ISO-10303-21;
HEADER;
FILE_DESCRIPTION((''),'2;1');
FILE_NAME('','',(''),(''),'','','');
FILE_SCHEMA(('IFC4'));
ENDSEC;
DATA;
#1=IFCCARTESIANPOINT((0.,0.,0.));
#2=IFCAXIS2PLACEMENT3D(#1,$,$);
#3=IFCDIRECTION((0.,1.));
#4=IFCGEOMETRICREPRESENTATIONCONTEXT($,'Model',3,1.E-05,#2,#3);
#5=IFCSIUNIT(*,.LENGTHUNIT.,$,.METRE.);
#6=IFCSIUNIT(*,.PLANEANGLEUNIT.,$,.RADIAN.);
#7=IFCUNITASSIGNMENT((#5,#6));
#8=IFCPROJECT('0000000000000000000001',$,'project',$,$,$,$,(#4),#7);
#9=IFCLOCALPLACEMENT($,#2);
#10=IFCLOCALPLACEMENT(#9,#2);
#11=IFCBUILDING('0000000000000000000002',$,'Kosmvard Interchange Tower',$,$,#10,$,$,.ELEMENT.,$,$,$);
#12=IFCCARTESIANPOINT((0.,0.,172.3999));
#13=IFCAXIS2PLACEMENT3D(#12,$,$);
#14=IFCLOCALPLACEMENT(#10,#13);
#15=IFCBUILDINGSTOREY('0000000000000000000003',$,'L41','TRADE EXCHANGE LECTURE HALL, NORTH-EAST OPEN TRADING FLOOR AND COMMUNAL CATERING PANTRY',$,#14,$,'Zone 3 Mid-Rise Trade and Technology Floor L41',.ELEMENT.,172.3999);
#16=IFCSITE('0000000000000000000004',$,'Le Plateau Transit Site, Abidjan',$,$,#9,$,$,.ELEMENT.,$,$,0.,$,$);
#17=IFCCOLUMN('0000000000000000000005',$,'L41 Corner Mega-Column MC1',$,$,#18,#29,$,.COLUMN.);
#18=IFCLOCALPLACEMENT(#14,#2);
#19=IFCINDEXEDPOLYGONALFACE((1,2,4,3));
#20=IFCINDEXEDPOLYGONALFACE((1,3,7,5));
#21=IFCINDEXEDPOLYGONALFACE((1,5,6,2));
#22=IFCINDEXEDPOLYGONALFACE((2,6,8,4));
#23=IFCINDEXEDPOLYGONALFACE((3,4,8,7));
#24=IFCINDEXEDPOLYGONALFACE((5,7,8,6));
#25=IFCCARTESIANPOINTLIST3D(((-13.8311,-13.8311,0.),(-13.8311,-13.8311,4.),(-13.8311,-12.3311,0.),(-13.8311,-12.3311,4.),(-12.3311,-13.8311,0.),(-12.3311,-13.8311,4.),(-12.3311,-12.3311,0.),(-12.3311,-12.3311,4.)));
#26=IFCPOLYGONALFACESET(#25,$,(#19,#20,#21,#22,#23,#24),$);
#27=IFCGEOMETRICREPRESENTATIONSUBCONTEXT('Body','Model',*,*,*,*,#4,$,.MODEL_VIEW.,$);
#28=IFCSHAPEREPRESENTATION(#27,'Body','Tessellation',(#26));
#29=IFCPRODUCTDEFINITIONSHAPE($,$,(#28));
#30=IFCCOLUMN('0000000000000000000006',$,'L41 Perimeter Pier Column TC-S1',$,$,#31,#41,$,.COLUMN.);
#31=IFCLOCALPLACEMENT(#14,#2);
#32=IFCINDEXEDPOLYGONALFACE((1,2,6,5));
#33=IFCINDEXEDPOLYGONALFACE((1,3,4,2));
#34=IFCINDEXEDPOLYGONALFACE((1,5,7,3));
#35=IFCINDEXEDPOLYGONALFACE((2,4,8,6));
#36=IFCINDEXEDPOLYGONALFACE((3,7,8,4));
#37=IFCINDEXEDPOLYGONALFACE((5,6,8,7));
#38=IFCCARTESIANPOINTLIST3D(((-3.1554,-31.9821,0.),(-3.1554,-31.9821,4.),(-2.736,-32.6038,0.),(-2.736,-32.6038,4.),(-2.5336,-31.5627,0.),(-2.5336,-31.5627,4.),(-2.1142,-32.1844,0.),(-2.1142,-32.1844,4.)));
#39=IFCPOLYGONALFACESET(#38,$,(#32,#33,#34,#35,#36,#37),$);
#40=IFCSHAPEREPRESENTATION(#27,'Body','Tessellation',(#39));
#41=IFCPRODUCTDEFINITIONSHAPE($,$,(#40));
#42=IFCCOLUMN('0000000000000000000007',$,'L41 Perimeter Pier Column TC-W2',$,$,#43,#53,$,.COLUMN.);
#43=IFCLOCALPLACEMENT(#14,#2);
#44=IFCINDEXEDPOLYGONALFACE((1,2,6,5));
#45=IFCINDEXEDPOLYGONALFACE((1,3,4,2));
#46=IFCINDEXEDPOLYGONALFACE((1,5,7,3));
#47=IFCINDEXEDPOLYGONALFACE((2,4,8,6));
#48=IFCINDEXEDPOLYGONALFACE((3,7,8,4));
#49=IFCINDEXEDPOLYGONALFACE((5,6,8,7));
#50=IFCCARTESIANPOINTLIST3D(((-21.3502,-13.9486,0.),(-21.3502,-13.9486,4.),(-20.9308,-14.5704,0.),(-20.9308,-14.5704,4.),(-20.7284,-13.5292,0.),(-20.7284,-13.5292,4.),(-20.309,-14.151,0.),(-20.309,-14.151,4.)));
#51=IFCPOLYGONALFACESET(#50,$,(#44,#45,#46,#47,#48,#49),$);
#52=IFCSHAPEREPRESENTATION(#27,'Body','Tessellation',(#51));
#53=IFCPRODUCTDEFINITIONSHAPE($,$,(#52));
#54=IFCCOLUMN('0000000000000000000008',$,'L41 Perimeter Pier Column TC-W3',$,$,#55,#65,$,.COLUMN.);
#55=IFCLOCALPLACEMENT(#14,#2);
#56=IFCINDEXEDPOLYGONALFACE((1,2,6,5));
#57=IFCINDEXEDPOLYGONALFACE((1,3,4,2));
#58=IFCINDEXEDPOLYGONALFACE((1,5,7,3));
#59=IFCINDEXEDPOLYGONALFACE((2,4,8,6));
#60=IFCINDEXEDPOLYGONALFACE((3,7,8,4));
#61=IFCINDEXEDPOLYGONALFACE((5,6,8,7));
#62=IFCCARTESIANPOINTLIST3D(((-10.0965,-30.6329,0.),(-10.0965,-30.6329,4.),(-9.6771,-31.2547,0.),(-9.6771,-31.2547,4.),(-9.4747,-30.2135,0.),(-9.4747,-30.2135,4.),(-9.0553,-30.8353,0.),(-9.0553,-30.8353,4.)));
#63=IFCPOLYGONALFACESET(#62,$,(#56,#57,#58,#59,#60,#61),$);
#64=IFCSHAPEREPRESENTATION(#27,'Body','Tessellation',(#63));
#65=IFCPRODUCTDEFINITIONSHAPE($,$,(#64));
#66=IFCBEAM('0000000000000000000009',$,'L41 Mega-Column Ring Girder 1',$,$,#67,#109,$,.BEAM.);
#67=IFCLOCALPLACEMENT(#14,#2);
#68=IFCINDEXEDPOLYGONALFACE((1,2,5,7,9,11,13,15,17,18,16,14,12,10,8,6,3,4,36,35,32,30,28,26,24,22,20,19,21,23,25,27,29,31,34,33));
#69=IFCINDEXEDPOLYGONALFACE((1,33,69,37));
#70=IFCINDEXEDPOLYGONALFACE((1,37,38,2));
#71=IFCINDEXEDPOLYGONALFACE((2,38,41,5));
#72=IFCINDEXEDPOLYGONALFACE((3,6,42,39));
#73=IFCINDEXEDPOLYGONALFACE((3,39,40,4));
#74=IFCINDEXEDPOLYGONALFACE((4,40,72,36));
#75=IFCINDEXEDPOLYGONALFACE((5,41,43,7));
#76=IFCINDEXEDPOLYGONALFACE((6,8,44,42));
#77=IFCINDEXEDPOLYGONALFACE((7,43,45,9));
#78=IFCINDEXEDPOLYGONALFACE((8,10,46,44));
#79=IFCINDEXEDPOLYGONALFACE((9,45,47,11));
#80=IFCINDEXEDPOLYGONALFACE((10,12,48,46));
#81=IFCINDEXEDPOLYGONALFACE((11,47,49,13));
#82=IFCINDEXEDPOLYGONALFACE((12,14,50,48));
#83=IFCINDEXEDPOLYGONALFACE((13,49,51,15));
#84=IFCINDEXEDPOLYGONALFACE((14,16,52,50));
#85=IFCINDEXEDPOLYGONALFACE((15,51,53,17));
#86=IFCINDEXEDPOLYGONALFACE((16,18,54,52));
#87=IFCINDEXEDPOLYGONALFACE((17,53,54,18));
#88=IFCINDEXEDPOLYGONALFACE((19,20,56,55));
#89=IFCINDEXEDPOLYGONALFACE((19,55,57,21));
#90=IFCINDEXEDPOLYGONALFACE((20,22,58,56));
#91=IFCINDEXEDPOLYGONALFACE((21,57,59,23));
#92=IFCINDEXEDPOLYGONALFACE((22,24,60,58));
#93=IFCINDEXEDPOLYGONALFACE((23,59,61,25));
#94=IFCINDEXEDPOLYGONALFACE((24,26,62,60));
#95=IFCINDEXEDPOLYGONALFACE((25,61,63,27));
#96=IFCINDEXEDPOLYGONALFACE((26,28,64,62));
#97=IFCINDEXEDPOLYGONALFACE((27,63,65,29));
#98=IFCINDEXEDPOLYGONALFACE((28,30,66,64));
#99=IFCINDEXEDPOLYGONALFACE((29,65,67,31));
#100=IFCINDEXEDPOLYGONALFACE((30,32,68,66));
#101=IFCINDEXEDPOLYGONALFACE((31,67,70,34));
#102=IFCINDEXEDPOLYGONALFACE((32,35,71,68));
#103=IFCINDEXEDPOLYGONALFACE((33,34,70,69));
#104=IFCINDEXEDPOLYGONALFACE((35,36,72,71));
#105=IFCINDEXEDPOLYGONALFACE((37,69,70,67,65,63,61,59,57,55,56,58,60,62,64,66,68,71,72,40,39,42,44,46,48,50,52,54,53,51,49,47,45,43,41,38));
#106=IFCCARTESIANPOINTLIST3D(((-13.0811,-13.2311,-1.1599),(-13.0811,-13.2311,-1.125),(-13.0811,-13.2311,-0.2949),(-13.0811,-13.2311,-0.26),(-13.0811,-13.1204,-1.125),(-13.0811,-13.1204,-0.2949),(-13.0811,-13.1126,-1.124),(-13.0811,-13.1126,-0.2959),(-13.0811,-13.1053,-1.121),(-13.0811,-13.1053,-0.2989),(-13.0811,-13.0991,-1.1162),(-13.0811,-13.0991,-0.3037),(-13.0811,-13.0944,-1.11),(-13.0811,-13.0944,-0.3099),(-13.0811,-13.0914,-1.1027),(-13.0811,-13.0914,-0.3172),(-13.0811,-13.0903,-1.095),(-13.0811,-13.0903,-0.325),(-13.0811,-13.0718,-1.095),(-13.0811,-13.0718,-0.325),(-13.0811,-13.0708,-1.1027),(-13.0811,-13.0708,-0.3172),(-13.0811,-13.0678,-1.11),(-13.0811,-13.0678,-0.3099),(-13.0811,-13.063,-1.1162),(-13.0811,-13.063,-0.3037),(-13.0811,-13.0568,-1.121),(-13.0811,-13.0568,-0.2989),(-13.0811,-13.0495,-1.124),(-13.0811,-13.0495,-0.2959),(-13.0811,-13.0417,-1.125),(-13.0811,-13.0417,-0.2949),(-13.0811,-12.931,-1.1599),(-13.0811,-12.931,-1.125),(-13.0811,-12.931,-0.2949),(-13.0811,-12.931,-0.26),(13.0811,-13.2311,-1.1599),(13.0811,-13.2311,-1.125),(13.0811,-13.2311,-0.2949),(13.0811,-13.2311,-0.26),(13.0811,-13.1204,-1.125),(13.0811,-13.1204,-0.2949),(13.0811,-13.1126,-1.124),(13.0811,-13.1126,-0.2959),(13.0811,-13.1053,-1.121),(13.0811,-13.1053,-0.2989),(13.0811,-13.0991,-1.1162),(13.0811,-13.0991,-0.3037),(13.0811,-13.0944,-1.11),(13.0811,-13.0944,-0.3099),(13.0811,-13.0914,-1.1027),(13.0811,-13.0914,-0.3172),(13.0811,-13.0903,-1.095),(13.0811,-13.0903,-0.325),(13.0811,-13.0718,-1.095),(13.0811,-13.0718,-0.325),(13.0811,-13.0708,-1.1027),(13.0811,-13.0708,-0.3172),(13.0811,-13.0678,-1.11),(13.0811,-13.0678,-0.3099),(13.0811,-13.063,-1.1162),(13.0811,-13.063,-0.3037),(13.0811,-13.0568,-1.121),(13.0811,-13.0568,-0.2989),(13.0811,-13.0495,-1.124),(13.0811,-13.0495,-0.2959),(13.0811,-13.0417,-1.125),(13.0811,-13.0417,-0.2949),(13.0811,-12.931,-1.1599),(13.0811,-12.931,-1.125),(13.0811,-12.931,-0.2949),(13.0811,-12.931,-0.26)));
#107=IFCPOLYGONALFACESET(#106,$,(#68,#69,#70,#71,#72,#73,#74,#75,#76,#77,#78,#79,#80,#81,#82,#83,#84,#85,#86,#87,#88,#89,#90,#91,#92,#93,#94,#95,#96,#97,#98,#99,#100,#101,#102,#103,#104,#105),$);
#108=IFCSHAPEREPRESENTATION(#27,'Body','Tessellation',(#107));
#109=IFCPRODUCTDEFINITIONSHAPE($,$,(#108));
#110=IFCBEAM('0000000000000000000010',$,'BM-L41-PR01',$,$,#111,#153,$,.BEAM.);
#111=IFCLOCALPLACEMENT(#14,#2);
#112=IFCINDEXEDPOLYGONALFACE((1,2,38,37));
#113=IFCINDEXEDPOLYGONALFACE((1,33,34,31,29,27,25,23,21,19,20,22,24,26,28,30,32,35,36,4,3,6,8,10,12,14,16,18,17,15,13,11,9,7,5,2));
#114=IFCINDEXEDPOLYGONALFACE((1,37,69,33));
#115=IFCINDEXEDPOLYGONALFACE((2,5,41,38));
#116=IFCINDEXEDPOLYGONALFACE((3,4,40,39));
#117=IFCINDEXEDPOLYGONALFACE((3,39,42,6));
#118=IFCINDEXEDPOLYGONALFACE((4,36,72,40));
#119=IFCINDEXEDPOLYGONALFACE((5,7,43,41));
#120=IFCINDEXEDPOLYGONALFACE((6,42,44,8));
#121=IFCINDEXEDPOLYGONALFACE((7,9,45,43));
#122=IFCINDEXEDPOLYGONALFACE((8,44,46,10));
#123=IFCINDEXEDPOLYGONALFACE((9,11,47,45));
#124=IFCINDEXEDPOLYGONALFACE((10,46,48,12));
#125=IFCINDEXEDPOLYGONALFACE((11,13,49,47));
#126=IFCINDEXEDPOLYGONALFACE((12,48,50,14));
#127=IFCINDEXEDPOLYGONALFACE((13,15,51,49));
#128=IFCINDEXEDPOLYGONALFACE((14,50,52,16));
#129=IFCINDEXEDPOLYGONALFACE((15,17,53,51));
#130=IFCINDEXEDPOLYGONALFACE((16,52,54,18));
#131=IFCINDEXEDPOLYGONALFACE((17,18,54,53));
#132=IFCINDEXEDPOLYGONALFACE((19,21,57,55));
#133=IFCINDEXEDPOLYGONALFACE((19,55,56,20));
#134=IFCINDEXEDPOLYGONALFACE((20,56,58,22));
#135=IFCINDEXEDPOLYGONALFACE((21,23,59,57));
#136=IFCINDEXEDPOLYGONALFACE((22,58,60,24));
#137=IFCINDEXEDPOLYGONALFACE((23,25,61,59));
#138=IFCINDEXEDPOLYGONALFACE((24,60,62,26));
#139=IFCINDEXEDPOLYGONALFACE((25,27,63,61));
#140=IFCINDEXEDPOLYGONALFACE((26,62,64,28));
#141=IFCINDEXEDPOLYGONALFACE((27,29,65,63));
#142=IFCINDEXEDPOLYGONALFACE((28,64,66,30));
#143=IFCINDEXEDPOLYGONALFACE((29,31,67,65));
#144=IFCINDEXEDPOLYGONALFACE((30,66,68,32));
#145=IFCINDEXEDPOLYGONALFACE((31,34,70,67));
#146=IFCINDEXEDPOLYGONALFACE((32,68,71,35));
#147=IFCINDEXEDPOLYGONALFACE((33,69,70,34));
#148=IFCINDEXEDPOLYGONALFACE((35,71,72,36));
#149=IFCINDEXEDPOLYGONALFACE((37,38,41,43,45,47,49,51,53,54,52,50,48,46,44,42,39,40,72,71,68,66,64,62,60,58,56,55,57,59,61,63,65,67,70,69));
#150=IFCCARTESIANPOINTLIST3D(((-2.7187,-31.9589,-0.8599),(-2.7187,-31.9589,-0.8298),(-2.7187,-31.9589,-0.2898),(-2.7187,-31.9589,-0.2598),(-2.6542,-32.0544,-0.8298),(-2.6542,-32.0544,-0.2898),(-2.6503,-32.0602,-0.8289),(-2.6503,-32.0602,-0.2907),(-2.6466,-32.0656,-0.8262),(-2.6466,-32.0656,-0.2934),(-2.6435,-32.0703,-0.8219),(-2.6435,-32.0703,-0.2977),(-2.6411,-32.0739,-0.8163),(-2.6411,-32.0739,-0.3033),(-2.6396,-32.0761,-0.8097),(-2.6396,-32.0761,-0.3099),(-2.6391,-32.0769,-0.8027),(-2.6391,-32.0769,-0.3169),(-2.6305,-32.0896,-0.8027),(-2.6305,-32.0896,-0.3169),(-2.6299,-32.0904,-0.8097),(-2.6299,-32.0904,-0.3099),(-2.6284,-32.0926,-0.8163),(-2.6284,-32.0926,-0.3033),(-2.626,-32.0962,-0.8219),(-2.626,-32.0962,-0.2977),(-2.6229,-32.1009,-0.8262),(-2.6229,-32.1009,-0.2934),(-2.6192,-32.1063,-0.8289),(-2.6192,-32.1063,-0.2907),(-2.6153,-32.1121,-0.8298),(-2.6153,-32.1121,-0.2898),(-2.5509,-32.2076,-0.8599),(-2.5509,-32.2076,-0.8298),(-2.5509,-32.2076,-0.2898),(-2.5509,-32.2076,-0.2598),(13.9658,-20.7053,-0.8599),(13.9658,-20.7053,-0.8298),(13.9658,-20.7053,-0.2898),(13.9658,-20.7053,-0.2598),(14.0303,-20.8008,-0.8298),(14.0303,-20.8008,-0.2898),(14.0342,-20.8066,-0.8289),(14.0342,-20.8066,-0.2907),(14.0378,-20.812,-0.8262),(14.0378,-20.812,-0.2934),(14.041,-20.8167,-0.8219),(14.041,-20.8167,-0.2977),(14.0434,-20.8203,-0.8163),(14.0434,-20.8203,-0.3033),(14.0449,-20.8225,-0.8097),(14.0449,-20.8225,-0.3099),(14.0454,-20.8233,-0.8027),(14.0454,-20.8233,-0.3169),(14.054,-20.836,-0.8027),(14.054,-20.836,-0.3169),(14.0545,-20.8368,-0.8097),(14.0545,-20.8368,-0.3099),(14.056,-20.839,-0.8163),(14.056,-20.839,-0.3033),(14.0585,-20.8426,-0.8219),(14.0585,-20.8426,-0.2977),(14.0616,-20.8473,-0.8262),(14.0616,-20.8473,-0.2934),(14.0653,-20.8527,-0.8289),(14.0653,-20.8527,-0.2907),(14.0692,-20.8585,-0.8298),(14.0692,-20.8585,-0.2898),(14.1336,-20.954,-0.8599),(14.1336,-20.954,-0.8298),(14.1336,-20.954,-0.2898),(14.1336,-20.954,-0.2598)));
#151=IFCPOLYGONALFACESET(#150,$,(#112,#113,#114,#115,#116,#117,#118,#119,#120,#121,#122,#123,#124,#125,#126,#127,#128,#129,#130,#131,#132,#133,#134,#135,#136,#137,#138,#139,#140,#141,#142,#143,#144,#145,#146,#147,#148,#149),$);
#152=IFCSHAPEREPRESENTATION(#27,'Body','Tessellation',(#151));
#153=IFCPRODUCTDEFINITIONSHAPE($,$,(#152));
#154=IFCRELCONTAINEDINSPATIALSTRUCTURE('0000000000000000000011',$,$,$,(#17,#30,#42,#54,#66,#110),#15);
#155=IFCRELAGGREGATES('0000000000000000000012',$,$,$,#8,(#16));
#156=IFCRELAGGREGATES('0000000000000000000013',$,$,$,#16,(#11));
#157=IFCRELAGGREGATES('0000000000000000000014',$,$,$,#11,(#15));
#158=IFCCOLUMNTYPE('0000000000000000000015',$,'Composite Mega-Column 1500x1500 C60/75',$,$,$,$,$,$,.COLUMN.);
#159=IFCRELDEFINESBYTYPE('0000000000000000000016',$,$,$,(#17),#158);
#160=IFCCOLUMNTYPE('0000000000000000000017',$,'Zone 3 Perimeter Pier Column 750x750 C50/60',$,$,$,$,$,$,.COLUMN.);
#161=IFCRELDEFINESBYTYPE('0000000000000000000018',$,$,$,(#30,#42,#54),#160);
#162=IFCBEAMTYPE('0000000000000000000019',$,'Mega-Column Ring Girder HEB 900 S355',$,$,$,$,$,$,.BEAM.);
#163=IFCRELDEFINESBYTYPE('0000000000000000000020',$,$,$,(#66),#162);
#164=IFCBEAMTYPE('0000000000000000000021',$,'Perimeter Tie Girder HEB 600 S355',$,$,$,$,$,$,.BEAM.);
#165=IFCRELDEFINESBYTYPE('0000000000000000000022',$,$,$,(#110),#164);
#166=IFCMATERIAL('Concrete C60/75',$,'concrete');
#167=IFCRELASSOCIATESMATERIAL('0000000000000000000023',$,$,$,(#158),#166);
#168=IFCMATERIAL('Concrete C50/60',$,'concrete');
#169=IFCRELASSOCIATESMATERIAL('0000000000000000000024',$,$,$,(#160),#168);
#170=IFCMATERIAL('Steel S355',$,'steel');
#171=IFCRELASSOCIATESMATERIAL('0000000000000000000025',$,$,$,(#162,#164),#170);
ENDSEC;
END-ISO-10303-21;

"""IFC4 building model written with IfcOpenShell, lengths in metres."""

from ifc_helpers import new_model, si_unit, direction, frame, origin, origin_2d, place, context, subcontext, project, spatial, rectangle, i_section, extrude, source, transform, mapped, material, material_profile, profile_set, type_object, element, save


model = new_model("IFC4")

# Units and contexts
model_context = context("Model", 3, precision=1e-05, world=origin(), true_north=direction((0.0, 1.0)))
body_context = subcontext(model_context, "Body", "Model", "MODEL_VIEW")
ifc_project = project(units=[si_unit("LENGTHUNIT", "METRE"), si_unit("PLANEANGLEUNIT", "RADIAN")], contexts=[model_context])

# Site, building, storey
site_placement = place(None, origin())
site = spatial("IfcSite", under=ifc_project, at=site_placement, Name="Le Plateau Transit Site, Abidjan", CompositionType="ELEMENT", RefElevation=0.0)
building_placement = place(site_placement, origin())
building = spatial("IfcBuilding", under=site, at=building_placement, Name="Kosmvard Interchange Tower", CompositionType="ELEMENT")
storey_placement = place(building_placement, frame((0.0, 0.0, 172.3999)))
storey = spatial("IfcBuildingStorey", under=building, at=storey_placement, Name="L41", Description="TRADE EXCHANGE LECTURE HALL, NORTH-EAST OPEN TRADING FLOOR AND COMMUNAL CATERING PANTRY", LongName="Zone 3 Mid-Rise Trade and Technology Floor L41", CompositionType="ELEMENT", Elevation=172.3999)

# Columns
ifc_material_1 = material(Name="Concrete C60/75", Category="concrete")
ifc_material_profile_1 = material_profile(ifc_material_1, rectangle(XDim=1.5, YDim=1.5, at=origin_2d()), Name="MC 1500x1500")
ifc_profile_set_1 = profile_set([ifc_material_profile_1], Name="Concrete C60/75")
column_type_1 = type_object("IfcColumnType", Name="Composite Mega-Column 1500x1500 C60/75", PredefinedType="COLUMN", material=ifc_profile_set_1)
shared_shape_1 = source(origin(), body_context, "Body", "SweptSolid", [
    extrude(rectangle(XDim=1.5, YDim=1.5, at=origin_2d()), origin(), (0.0, 0.0, 1.0), 4.0),
])
column_placement = place(storey_placement, frame((-13.0811, -13.0811, 0.0), z_axis=(0.0, 0.0, 1.0), x_axis=(1.0, 0.0, 0.0)))
element("IfcColumn", 1, at=column_placement, inside=storey, type_object=column_type_1, Name="L41 Corner Mega-Column MC1", PredefinedType="COLUMN", context=body_context, shape_type="MappedRepresentation", body=[
    mapped(shared_shape_1, transform((0.0, 0.0, 0.0), scale=1.0)),
])
ifc_material_2 = material(Name="Concrete C50/60", Category="concrete")
ifc_material_profile_2 = material_profile(ifc_material_2, rectangle(XDim=0.75, YDim=0.75, at=origin_2d()), Name="TC 750x750")
ifc_profile_set_2 = profile_set([ifc_material_profile_2], Name="Concrete C50/60")
column_type_2 = type_object("IfcColumnType", Name="Zone 3 Perimeter Pier Column 750x750 C50/60", PredefinedType="COLUMN", material=ifc_profile_set_2)
shared_shape_2 = source(origin(), body_context, "Body", "SweptSolid", [
    extrude(rectangle(XDim=0.75, YDim=0.75, at=origin_2d()), origin(), (0.0, 0.0, 1.0), 4.0),
])
for number, where, z_axis, x_axis, name in (
    (2, (-2.6348, -32.0833, 0.0), (0.0, 0.0, 1.0), (0.829038, 0.559193, 0.0), "L41 Perimeter Pier Column TC-S1"),
    (3, (-20.8296, -14.0498, 0.0), (0.0, 0.0, 1.0), (0.829038, 0.559193, 0.0), "L41 Perimeter Pier Column TC-W2"),
    (4, (-9.5759, -30.7341, 0.0), (0.0, 0.0, 1.0), (0.829038, 0.559193, 0.0), "L41 Perimeter Pier Column TC-W3"),
):
    element("IfcColumn", number, at=place(storey_placement, frame(where, z_axis=z_axis, x_axis=x_axis)), inside=storey, type_object=column_type_2, Name=name, PredefinedType="COLUMN", context=body_context, shape_type="MappedRepresentation", body=[
        mapped(shared_shape_2, transform((0.0, 0.0, 0.0), scale=1.0)),
    ])

# Beams
ifc_material_3 = material(Name="Steel S355", Category="steel")
ifc_material_profile_3 = material_profile(ifc_material_3, i_section(OverallWidth=0.3, OverallDepth=0.8999, WebThickness=0.0186, FlangeThickness=0.0349, FilletRadius=0.03, at=origin_2d()), Name="HEB 900")
ifc_profile_set_3 = profile_set([ifc_material_profile_3], Name="Steel S355")
beam_type_1 = type_object("IfcBeamType", Name="Mega-Column Ring Girder HEB 900 S355", PredefinedType="BEAM", material=ifc_profile_set_3)
shared_shape_3 = source(origin(), body_context, "Body", "SweptSolid", [
    extrude(i_section(OverallWidth=0.3, OverallDepth=0.8999, WebThickness=0.0186, FlangeThickness=0.0349, FilletRadius=0.03, at=origin_2d()), origin(), (0.0, 0.0, 1.0), 26.1621),
])
beam_1_placement = place(storey_placement, frame((-13.0811, -13.0811, -0.71), z_axis=(1.0, 0.0, 0.0), x_axis=(0.0, 1.0, 0.0)))
element("IfcBeam", 5, at=beam_1_placement, inside=storey, type_object=beam_type_1, Name="L41 Mega-Column Ring Girder 1", PredefinedType="BEAM", context=body_context, shape_type="MappedRepresentation", body=[
    mapped(shared_shape_3, transform((0.0, 0.0, 0.0), scale=1.0)),
])
ifc_material_profile_4 = material_profile(ifc_material_3, i_section(OverallWidth=0.3, OverallDepth=0.6001, WebThickness=0.0154, FlangeThickness=0.03, FilletRadius=0.0271, at=origin_2d()), Name="HEB 600")
ifc_profile_set_4 = profile_set([ifc_material_profile_4], Name="Steel S355")
beam_type_2 = type_object("IfcBeamType", Name="Perimeter Tie Girder HEB 600 S355", PredefinedType="BEAM", material=ifc_profile_set_4)
shared_shape_4 = source(origin(), body_context, "Body", "SweptSolid", [
    extrude(i_section(OverallWidth=0.3, OverallDepth=0.6001, WebThickness=0.0154, FlangeThickness=0.03, FilletRadius=0.0271, at=origin_2d()), origin(), (0.0, 0.0, 1.0), 20.125),
])
for number, where, z_axis, x_axis, name in (
    (6, (-2.6348, -32.0833, -0.5598), (0.829043, 0.559185, 0.0), (-0.559185, 0.829043, 0.0), "BM-L41-PR01"),
):
    element("IfcBeam", number, at=place(storey_placement, frame(where, z_axis=z_axis, x_axis=x_axis)), inside=storey, type_object=beam_type_2, Name=name, PredefinedType="BEAM", context=body_context, shape_type="MappedRepresentation", body=[
        mapped(shared_shape_4, transform((0.0, 0.0, 0.0), scale=1.0)),
    ])

save(model, "model.ifc")
